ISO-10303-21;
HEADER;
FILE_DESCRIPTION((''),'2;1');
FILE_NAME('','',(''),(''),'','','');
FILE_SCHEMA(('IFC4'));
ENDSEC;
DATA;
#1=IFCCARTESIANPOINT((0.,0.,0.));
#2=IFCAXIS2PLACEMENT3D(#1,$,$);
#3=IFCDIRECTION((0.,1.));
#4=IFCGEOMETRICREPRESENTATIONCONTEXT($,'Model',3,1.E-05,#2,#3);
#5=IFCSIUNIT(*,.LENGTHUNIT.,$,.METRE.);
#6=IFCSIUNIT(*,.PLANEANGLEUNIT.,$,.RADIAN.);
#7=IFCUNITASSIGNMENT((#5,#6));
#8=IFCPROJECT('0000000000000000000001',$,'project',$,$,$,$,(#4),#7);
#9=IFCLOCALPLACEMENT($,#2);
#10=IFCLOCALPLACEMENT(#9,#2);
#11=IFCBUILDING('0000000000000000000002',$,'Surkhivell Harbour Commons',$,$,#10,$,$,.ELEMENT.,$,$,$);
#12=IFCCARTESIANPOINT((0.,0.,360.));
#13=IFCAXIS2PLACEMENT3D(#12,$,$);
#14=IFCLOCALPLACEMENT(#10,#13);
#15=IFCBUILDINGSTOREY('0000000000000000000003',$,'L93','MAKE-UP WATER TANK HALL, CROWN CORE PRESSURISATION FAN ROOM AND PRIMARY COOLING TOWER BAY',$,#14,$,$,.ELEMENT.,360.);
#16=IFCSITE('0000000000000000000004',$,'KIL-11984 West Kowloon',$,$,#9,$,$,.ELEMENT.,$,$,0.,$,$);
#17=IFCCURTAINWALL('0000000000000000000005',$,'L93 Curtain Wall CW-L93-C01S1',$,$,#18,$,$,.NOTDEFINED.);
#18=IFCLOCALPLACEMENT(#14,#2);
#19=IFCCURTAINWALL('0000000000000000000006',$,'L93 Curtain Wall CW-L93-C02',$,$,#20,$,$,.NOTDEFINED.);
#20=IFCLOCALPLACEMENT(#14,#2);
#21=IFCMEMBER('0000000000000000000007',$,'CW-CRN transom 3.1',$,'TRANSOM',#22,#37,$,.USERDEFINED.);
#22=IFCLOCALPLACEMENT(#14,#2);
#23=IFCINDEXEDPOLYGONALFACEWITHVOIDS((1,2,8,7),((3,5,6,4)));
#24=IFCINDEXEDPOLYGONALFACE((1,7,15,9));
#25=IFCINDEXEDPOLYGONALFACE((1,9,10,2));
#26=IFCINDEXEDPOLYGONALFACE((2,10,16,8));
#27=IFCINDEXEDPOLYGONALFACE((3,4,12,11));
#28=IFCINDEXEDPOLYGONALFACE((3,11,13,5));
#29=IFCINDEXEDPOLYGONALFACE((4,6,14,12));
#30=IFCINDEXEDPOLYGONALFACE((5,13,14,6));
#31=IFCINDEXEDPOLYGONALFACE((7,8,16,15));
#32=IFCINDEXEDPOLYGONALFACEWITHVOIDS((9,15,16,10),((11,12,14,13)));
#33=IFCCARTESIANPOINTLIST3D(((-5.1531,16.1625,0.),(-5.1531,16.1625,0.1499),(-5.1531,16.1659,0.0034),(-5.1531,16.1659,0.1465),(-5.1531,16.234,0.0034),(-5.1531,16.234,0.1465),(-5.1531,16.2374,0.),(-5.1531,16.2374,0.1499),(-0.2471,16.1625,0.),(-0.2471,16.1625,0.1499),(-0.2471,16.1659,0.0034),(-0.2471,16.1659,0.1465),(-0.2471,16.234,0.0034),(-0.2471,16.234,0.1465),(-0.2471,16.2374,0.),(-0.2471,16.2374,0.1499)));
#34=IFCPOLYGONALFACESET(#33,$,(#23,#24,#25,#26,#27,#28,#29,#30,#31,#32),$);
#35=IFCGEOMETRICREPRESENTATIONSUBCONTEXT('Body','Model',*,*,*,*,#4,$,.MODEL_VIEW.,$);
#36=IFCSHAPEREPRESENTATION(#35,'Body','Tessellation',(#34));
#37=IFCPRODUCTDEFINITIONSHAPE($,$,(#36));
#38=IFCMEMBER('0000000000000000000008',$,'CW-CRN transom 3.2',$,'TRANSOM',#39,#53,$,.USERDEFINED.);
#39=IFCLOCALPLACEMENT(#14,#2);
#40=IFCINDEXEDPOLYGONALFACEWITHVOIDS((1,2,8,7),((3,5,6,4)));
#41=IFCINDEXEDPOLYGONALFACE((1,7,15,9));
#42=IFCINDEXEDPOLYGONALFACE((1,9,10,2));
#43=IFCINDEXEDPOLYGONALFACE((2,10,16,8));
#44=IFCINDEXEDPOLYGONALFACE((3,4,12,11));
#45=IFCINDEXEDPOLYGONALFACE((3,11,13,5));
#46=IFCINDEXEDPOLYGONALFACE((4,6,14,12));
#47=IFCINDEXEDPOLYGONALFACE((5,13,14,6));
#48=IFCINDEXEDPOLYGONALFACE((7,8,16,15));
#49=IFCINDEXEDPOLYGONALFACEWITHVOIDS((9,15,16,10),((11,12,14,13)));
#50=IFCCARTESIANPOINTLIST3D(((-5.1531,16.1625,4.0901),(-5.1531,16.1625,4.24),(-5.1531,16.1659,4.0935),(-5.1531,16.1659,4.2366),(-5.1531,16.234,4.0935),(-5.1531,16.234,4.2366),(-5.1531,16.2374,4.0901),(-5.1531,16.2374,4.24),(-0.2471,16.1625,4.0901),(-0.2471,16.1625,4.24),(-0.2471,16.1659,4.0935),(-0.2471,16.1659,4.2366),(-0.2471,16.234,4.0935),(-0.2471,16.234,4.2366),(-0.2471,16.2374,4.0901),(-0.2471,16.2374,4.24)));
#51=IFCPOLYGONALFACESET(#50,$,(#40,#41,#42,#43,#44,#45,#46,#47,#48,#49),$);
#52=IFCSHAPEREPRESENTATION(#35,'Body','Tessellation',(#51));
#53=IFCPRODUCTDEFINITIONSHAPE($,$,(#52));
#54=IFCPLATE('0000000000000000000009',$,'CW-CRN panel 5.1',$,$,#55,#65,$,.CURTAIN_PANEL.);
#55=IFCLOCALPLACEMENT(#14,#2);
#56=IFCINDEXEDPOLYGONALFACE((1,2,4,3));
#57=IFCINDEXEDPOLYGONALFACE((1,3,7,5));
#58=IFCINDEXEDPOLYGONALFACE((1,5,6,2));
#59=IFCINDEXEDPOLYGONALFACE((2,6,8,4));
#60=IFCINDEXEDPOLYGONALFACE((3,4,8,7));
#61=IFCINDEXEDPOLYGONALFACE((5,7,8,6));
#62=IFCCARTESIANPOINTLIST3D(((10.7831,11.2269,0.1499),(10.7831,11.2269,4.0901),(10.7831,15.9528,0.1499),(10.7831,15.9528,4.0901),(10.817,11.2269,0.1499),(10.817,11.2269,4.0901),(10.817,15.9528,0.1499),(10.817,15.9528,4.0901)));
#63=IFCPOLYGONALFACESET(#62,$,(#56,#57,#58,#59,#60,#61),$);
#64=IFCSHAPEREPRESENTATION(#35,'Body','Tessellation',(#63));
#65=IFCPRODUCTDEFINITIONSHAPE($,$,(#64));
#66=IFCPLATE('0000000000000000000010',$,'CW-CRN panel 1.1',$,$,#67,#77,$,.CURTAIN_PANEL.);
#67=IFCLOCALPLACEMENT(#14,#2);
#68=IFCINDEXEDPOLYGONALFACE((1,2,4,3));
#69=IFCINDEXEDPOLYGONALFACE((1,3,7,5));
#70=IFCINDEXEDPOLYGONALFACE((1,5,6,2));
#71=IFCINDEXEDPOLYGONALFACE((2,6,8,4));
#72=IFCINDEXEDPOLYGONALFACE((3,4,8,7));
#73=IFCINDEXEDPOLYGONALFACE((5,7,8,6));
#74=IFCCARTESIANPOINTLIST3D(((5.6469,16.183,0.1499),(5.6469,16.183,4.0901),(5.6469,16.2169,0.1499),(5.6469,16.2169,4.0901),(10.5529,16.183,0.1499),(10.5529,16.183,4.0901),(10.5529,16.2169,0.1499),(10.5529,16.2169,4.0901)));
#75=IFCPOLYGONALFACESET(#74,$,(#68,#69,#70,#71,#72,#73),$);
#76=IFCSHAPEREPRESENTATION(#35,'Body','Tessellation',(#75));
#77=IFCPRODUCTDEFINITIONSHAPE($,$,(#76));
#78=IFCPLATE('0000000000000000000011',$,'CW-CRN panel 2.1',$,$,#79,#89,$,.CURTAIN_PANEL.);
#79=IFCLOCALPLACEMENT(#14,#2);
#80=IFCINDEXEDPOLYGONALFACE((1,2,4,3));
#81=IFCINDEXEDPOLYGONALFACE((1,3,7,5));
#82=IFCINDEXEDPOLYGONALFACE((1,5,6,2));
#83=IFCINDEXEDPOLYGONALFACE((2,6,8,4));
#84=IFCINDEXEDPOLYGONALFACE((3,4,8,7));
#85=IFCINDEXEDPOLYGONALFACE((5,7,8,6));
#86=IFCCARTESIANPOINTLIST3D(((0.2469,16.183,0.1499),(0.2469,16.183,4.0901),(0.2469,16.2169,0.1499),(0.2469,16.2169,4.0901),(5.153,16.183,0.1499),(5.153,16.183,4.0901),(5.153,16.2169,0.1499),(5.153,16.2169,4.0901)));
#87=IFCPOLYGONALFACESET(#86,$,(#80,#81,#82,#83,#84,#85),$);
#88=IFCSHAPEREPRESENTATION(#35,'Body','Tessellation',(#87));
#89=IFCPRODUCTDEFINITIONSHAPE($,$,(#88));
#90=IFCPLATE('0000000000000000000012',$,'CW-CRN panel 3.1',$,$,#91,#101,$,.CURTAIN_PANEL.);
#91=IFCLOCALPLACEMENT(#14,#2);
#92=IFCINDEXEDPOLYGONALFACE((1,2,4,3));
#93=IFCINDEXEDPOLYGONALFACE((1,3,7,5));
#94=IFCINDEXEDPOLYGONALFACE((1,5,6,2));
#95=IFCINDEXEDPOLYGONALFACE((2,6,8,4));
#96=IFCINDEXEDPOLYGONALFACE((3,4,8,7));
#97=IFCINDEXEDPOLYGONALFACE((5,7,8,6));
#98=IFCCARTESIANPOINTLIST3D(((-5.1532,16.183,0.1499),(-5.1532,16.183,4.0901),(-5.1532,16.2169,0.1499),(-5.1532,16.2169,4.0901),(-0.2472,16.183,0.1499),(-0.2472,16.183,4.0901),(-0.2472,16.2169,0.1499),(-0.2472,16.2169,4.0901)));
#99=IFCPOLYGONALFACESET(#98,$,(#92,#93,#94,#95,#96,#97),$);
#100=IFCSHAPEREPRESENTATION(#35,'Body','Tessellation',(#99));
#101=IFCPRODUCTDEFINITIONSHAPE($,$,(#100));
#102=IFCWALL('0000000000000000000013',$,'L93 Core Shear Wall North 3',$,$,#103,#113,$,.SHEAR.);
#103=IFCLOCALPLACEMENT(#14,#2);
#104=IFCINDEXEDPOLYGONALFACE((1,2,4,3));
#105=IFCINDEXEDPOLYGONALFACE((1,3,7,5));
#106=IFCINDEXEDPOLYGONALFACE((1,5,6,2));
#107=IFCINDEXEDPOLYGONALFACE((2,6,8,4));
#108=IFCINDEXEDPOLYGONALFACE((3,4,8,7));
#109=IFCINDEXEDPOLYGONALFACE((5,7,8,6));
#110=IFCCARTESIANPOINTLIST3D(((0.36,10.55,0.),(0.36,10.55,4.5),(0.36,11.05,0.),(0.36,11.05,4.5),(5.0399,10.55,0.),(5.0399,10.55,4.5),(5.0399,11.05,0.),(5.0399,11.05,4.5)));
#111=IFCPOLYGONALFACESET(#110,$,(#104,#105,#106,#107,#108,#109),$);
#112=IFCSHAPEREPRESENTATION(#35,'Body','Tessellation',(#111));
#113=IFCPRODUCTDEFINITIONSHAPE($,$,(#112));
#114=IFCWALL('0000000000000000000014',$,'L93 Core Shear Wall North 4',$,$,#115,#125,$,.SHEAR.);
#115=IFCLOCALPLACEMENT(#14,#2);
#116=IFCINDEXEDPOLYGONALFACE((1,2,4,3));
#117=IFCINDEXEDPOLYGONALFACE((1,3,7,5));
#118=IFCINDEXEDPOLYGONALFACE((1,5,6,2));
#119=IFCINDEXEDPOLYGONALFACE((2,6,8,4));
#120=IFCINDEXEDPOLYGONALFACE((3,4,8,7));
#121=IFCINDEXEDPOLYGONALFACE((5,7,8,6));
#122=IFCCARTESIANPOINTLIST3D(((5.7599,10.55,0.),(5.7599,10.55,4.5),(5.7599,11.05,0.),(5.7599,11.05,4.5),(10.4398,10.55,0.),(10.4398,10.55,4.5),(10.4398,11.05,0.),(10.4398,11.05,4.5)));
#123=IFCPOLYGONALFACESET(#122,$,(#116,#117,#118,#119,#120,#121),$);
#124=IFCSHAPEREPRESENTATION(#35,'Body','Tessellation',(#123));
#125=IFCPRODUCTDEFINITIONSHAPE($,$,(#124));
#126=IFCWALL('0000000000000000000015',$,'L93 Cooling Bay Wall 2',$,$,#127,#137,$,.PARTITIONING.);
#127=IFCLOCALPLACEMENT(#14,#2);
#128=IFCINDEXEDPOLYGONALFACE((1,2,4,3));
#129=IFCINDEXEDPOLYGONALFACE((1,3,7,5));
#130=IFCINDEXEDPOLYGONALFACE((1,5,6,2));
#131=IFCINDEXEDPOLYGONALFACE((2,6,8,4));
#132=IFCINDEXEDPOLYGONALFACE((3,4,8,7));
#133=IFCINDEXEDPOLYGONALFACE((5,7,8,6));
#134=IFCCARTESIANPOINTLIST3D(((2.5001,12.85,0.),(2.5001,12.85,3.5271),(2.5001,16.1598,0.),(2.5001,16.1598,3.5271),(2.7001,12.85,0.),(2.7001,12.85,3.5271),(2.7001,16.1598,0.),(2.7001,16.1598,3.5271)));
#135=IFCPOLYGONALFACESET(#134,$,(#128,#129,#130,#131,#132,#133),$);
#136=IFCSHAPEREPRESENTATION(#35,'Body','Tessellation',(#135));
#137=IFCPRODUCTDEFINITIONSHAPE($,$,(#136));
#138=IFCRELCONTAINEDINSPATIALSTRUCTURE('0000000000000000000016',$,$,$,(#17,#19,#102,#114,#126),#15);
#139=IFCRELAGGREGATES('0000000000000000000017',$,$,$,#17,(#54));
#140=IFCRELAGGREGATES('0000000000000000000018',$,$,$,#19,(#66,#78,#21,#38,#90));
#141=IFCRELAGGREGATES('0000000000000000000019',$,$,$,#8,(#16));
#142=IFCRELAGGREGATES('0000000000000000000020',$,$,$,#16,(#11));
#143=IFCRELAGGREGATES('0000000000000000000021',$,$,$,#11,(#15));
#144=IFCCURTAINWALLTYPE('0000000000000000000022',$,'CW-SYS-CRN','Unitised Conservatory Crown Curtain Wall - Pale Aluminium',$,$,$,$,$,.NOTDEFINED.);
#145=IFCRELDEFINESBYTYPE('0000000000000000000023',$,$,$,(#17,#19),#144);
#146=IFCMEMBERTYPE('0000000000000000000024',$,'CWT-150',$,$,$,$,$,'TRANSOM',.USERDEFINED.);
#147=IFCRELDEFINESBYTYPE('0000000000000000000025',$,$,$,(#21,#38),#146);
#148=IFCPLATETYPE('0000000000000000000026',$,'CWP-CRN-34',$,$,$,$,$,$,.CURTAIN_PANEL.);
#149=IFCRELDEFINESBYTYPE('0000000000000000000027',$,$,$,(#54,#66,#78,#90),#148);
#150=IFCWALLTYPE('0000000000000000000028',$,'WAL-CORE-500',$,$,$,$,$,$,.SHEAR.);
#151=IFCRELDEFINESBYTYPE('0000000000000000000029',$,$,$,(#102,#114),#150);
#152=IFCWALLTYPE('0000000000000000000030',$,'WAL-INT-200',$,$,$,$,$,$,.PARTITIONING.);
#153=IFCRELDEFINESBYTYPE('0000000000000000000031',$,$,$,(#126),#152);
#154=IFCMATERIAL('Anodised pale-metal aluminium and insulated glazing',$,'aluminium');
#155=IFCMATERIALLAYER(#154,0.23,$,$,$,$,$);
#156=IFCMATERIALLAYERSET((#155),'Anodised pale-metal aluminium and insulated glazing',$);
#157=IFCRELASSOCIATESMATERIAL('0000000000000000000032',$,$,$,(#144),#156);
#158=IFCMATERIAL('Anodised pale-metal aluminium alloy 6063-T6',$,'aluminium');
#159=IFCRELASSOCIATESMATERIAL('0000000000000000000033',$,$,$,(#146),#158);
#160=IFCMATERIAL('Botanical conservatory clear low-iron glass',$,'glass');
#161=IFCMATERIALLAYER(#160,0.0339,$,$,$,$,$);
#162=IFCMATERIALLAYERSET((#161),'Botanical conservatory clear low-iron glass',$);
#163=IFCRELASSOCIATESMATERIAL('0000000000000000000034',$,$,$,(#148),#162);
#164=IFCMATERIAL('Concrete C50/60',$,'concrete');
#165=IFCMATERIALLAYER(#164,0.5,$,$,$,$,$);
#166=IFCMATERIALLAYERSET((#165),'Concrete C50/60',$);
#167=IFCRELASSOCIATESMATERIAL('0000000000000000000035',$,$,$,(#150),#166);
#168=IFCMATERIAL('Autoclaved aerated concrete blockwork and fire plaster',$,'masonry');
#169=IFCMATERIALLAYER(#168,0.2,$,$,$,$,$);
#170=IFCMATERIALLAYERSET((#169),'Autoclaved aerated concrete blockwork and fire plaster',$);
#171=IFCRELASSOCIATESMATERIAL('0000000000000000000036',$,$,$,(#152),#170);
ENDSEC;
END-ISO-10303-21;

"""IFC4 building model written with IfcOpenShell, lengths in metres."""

from ifc_helpers import new_model, si_unit, direction, frame, frame_2d, origin, origin_2d, place, context, subcontext, project, spatial, rectangle, hollow_rectangle, extrude, material, layer, layer_set, material_profile, profile_set, type_object, element, aggregate, save


model = new_model("IFC4")

# Units and contexts
model_context = context("Model", 3, precision=1e-05, world=origin(), true_north=direction((0.0, 1.0)))
body_context = subcontext(model_context, "Body", "Model", "MODEL_VIEW")
ifc_project = project(units=[si_unit("LENGTHUNIT", "METRE"), si_unit("PLANEANGLEUNIT", "RADIAN")], contexts=[model_context])

# Site, building, storey
site_placement = place(None, origin())
site = spatial("IfcSite", under=ifc_project, at=site_placement, Name="KIL-11984 West Kowloon", CompositionType="ELEMENT", RefElevation=0.0)
building_placement = place(site_placement, origin())
building = spatial("IfcBuilding", under=site, at=building_placement, Name="Surkhivell Harbour Commons", CompositionType="ELEMENT")
storey_placement = place(building_placement, frame((0.0, 0.0, 360.0)))
storey = spatial("IfcBuildingStorey", under=building, at=storey_placement, Name="L93", Description="MAKE-UP WATER TANK HALL, CROWN CORE PRESSURISATION FAN ROOM AND PRIMARY COOLING TOWER BAY", CompositionType="ELEMENT", Elevation=360.0)

# Shared definitions
ifc_material_1 = material(Name="Concrete C50/60", Category="concrete")

# Curtain walls
ifc_material_2 = material(Name="Anodised pale-metal aluminium and insulated glazing", Category="aluminium")
ifc_layer_1 = layer(ifc_material_2, 0.23)
ifc_layer_set_1 = layer_set([ifc_layer_1], Name="Anodised pale-metal aluminium and insulated glazing")
curtain_wall_type = type_object("IfcCurtainWallType", Name="CW-SYS-CRN", Description="Unitised Conservatory Crown Curtain Wall - Pale Aluminium", PredefinedType="NOTDEFINED", material=ifc_layer_set_1)
curtain_wall_1_placement = place(storey_placement, origin())
curtain_wall_1 = element("IfcCurtainWall", 1, at=curtain_wall_1_placement, inside=storey, type_object=curtain_wall_type, Name="L93 Curtain Wall CW-L93-C01S1", PredefinedType="NOTDEFINED")
ifc_material_3 = material(Name="Anodised pale-metal aluminium alloy 6063-T6", Category="aluminium")
curtain_wall_2_placement = place(storey_placement, origin())
curtain_wall_2 = element("IfcCurtainWall", 2, at=curtain_wall_2_placement, inside=storey, type_object=curtain_wall_type, Name="L93 Curtain Wall CW-L93-C02", PredefinedType="NOTDEFINED")

# Members
ifc_material_profile_1 = material_profile(ifc_material_3, hollow_rectangle(XDim=0.075, YDim=0.1499, WallThickness=0.0034, at=origin_2d()), Name="ALU-TRAN-75x150")
ifc_profile_set_1 = profile_set([ifc_material_profile_1], Name="Anodised pale-metal aluminium alloy 6063-T6")
member_type_1 = type_object("IfcMemberType", Name="CWT-150", ElementType="TRANSOM", PredefinedType="USERDEFINED", material=ifc_profile_set_1)
member_1_placement = place(storey_placement, frame((-0.2471, 16.2, 0.075), z_axis=(-1.0, 0.0, 0.0), x_axis=(0.0, -1.0, 0.0)))
member_1 = element("IfcMember", 3, at=member_1_placement, type_object=member_type_1, Name="CW-CRN transom 3.1", ObjectType="TRANSOM", PredefinedType="USERDEFINED", context=body_context, shape_type="SweptSolid", body=[
    extrude(hollow_rectangle(XDim=0.075, YDim=0.1499, WallThickness=0.0034, at=origin_2d()), origin(), (0.0, 0.0, 1.0), 4.906),
])
member_2_placement = place(storey_placement, frame((-0.2471, 16.2, 4.165), z_axis=(-1.0, 0.0, 0.0), x_axis=(0.0, -1.0, 0.0)))
member_2 = element("IfcMember", 4, at=member_2_placement, type_object=member_type_1, Name="CW-CRN transom 3.2", ObjectType="TRANSOM", PredefinedType="USERDEFINED", context=body_context, shape_type="SweptSolid", body=[
    extrude(hollow_rectangle(XDim=0.075, YDim=0.1499, WallThickness=0.0034, at=origin_2d()), origin(), (0.0, 0.0, 1.0), 4.906),
])

# Plates
ifc_material_4 = material(Name="Botanical conservatory clear low-iron glass", Category="glass")
ifc_layer_2 = layer(ifc_material_4, 0.0339)
ifc_layer_set_2 = layer_set([ifc_layer_2], Name="Botanical conservatory clear low-iron glass")
plate_type = type_object("IfcPlateType", Name="CWP-CRN-34", PredefinedType="CURTAIN_PANEL", material=ifc_layer_set_2)
plate_1_placement = place(storey_placement, frame((10.8, 11.2271, 0.1499), z_axis=(0.0, 0.0, 1.0), x_axis=(0.0, 1.0, 0.0)))
plate_1 = element("IfcPlate", 5, at=plate_1_placement, type_object=plate_type, Name="CW-CRN panel 5.1", PredefinedType="CURTAIN_PANEL", context=body_context, shape_type="SweptSolid", body=[
    extrude(rectangle(XDim=4.7258, YDim=0.0339, at=frame_2d((2.3628, 0.0))), origin(), (0.0, 0.0, 1.0), 3.9402),
])
aggregate(curtain_wall_1, [plate_1])
plate_2_placement = place(storey_placement, frame((10.553, 16.2, 0.1499), z_axis=(0.0, 0.0, 1.0), x_axis=(-1.0, 0.0, 0.0)))
plate_2 = element("IfcPlate", 6, at=plate_2_placement, type_object=plate_type, Name="CW-CRN panel 1.1", PredefinedType="CURTAIN_PANEL", context=body_context, shape_type="SweptSolid", body=[
    extrude(rectangle(XDim=4.906, YDim=0.0339, at=frame_2d((2.4531, 0.0))), origin(), (0.0, 0.0, 1.0), 3.9402),
])
plate_3_placement = place(storey_placement, frame((5.1531, 16.2, 0.1499), z_axis=(0.0, 0.0, 1.0), x_axis=(-1.0, 0.0, 0.0)))
plate_3 = element("IfcPlate", 7, at=plate_3_placement, type_object=plate_type, Name="CW-CRN panel 2.1", PredefinedType="CURTAIN_PANEL", context=body_context, shape_type="SweptSolid", body=[
    extrude(rectangle(XDim=4.906, YDim=0.0339, at=frame_2d((2.4531, 0.0))), origin(), (0.0, 0.0, 1.0), 3.9402),
])
plate_4_placement = place(storey_placement, frame((-0.2471, 16.2, 0.1499), z_axis=(0.0, 0.0, 1.0), x_axis=(-1.0, 0.0, 0.0)))
plate_4 = element("IfcPlate", 8, at=plate_4_placement, type_object=plate_type, Name="CW-CRN panel 3.1", PredefinedType="CURTAIN_PANEL", context=body_context, shape_type="SweptSolid", body=[
    extrude(rectangle(XDim=4.906, YDim=0.0339, at=frame_2d((2.4531, 0.0))), origin(), (0.0, 0.0, 1.0), 3.9402),
])
aggregate(curtain_wall_2, [plate_2, plate_3, member_1, member_2, plate_4])

# Walls
ifc_layer_3 = layer(ifc_material_1, 0.5)
ifc_layer_set_3 = layer_set([ifc_layer_3], Name="Concrete C50/60")
wall_type_1 = type_object("IfcWallType", Name="WAL-CORE-500", PredefinedType="SHEAR", material=ifc_layer_set_3)
for number, where, z_axis, x_axis, name in (
    (9, (0.3601, 10.8, 0.0), (0.0, 0.0, 1.0), (1.0, 0.0, 0.0), "L93 Core Shear Wall North 3"),
    (10, (5.76, 10.8, 0.0), (0.0, 0.0, 1.0), (1.0, 0.0, 0.0), "L93 Core Shear Wall North 4"),
):
    element("IfcWall", number, at=place(storey_placement, frame(where, z_axis=z_axis, x_axis=x_axis)), inside=storey, type_object=wall_type_1, Name=name, PredefinedType="SHEAR", context=body_context, shape_type="SweptSolid", body=[
        extrude(rectangle(XDim=4.6799, YDim=0.5, at=frame_2d((2.3398, 0.0))), origin(), (0.0, 0.0, 1.0), 4.5),
    ])
ifc_material_5 = material(Name="Autoclaved aerated concrete blockwork and fire plaster", Category="masonry")
ifc_layer_4 = layer(ifc_material_5, 0.2)
ifc_layer_set_4 = layer_set([ifc_layer_4], Name="Autoclaved aerated concrete blockwork and fire plaster")
wall_type_2 = type_object("IfcWallType", Name="WAL-INT-200", PredefinedType="PARTITIONING", material=ifc_layer_set_4)
wall_placement = place(storey_placement, frame((2.6001, 12.8501, 0.0), z_axis=(0.0, 0.0, 1.0), x_axis=(0.0, 1.0, 0.0)))
element("IfcWall", 11, at=wall_placement, inside=storey, type_object=wall_type_2, Name="L93 Cooling Bay Wall 2", PredefinedType="PARTITIONING", context=body_context, shape_type="SweptSolid", body=[
    extrude(rectangle(XDim=3.3098, YDim=0.2, at=frame_2d((1.6548, 0.0))), origin(), (0.0, 0.0, 1.0), 3.5271),
])

save(model, "model.ifc")
